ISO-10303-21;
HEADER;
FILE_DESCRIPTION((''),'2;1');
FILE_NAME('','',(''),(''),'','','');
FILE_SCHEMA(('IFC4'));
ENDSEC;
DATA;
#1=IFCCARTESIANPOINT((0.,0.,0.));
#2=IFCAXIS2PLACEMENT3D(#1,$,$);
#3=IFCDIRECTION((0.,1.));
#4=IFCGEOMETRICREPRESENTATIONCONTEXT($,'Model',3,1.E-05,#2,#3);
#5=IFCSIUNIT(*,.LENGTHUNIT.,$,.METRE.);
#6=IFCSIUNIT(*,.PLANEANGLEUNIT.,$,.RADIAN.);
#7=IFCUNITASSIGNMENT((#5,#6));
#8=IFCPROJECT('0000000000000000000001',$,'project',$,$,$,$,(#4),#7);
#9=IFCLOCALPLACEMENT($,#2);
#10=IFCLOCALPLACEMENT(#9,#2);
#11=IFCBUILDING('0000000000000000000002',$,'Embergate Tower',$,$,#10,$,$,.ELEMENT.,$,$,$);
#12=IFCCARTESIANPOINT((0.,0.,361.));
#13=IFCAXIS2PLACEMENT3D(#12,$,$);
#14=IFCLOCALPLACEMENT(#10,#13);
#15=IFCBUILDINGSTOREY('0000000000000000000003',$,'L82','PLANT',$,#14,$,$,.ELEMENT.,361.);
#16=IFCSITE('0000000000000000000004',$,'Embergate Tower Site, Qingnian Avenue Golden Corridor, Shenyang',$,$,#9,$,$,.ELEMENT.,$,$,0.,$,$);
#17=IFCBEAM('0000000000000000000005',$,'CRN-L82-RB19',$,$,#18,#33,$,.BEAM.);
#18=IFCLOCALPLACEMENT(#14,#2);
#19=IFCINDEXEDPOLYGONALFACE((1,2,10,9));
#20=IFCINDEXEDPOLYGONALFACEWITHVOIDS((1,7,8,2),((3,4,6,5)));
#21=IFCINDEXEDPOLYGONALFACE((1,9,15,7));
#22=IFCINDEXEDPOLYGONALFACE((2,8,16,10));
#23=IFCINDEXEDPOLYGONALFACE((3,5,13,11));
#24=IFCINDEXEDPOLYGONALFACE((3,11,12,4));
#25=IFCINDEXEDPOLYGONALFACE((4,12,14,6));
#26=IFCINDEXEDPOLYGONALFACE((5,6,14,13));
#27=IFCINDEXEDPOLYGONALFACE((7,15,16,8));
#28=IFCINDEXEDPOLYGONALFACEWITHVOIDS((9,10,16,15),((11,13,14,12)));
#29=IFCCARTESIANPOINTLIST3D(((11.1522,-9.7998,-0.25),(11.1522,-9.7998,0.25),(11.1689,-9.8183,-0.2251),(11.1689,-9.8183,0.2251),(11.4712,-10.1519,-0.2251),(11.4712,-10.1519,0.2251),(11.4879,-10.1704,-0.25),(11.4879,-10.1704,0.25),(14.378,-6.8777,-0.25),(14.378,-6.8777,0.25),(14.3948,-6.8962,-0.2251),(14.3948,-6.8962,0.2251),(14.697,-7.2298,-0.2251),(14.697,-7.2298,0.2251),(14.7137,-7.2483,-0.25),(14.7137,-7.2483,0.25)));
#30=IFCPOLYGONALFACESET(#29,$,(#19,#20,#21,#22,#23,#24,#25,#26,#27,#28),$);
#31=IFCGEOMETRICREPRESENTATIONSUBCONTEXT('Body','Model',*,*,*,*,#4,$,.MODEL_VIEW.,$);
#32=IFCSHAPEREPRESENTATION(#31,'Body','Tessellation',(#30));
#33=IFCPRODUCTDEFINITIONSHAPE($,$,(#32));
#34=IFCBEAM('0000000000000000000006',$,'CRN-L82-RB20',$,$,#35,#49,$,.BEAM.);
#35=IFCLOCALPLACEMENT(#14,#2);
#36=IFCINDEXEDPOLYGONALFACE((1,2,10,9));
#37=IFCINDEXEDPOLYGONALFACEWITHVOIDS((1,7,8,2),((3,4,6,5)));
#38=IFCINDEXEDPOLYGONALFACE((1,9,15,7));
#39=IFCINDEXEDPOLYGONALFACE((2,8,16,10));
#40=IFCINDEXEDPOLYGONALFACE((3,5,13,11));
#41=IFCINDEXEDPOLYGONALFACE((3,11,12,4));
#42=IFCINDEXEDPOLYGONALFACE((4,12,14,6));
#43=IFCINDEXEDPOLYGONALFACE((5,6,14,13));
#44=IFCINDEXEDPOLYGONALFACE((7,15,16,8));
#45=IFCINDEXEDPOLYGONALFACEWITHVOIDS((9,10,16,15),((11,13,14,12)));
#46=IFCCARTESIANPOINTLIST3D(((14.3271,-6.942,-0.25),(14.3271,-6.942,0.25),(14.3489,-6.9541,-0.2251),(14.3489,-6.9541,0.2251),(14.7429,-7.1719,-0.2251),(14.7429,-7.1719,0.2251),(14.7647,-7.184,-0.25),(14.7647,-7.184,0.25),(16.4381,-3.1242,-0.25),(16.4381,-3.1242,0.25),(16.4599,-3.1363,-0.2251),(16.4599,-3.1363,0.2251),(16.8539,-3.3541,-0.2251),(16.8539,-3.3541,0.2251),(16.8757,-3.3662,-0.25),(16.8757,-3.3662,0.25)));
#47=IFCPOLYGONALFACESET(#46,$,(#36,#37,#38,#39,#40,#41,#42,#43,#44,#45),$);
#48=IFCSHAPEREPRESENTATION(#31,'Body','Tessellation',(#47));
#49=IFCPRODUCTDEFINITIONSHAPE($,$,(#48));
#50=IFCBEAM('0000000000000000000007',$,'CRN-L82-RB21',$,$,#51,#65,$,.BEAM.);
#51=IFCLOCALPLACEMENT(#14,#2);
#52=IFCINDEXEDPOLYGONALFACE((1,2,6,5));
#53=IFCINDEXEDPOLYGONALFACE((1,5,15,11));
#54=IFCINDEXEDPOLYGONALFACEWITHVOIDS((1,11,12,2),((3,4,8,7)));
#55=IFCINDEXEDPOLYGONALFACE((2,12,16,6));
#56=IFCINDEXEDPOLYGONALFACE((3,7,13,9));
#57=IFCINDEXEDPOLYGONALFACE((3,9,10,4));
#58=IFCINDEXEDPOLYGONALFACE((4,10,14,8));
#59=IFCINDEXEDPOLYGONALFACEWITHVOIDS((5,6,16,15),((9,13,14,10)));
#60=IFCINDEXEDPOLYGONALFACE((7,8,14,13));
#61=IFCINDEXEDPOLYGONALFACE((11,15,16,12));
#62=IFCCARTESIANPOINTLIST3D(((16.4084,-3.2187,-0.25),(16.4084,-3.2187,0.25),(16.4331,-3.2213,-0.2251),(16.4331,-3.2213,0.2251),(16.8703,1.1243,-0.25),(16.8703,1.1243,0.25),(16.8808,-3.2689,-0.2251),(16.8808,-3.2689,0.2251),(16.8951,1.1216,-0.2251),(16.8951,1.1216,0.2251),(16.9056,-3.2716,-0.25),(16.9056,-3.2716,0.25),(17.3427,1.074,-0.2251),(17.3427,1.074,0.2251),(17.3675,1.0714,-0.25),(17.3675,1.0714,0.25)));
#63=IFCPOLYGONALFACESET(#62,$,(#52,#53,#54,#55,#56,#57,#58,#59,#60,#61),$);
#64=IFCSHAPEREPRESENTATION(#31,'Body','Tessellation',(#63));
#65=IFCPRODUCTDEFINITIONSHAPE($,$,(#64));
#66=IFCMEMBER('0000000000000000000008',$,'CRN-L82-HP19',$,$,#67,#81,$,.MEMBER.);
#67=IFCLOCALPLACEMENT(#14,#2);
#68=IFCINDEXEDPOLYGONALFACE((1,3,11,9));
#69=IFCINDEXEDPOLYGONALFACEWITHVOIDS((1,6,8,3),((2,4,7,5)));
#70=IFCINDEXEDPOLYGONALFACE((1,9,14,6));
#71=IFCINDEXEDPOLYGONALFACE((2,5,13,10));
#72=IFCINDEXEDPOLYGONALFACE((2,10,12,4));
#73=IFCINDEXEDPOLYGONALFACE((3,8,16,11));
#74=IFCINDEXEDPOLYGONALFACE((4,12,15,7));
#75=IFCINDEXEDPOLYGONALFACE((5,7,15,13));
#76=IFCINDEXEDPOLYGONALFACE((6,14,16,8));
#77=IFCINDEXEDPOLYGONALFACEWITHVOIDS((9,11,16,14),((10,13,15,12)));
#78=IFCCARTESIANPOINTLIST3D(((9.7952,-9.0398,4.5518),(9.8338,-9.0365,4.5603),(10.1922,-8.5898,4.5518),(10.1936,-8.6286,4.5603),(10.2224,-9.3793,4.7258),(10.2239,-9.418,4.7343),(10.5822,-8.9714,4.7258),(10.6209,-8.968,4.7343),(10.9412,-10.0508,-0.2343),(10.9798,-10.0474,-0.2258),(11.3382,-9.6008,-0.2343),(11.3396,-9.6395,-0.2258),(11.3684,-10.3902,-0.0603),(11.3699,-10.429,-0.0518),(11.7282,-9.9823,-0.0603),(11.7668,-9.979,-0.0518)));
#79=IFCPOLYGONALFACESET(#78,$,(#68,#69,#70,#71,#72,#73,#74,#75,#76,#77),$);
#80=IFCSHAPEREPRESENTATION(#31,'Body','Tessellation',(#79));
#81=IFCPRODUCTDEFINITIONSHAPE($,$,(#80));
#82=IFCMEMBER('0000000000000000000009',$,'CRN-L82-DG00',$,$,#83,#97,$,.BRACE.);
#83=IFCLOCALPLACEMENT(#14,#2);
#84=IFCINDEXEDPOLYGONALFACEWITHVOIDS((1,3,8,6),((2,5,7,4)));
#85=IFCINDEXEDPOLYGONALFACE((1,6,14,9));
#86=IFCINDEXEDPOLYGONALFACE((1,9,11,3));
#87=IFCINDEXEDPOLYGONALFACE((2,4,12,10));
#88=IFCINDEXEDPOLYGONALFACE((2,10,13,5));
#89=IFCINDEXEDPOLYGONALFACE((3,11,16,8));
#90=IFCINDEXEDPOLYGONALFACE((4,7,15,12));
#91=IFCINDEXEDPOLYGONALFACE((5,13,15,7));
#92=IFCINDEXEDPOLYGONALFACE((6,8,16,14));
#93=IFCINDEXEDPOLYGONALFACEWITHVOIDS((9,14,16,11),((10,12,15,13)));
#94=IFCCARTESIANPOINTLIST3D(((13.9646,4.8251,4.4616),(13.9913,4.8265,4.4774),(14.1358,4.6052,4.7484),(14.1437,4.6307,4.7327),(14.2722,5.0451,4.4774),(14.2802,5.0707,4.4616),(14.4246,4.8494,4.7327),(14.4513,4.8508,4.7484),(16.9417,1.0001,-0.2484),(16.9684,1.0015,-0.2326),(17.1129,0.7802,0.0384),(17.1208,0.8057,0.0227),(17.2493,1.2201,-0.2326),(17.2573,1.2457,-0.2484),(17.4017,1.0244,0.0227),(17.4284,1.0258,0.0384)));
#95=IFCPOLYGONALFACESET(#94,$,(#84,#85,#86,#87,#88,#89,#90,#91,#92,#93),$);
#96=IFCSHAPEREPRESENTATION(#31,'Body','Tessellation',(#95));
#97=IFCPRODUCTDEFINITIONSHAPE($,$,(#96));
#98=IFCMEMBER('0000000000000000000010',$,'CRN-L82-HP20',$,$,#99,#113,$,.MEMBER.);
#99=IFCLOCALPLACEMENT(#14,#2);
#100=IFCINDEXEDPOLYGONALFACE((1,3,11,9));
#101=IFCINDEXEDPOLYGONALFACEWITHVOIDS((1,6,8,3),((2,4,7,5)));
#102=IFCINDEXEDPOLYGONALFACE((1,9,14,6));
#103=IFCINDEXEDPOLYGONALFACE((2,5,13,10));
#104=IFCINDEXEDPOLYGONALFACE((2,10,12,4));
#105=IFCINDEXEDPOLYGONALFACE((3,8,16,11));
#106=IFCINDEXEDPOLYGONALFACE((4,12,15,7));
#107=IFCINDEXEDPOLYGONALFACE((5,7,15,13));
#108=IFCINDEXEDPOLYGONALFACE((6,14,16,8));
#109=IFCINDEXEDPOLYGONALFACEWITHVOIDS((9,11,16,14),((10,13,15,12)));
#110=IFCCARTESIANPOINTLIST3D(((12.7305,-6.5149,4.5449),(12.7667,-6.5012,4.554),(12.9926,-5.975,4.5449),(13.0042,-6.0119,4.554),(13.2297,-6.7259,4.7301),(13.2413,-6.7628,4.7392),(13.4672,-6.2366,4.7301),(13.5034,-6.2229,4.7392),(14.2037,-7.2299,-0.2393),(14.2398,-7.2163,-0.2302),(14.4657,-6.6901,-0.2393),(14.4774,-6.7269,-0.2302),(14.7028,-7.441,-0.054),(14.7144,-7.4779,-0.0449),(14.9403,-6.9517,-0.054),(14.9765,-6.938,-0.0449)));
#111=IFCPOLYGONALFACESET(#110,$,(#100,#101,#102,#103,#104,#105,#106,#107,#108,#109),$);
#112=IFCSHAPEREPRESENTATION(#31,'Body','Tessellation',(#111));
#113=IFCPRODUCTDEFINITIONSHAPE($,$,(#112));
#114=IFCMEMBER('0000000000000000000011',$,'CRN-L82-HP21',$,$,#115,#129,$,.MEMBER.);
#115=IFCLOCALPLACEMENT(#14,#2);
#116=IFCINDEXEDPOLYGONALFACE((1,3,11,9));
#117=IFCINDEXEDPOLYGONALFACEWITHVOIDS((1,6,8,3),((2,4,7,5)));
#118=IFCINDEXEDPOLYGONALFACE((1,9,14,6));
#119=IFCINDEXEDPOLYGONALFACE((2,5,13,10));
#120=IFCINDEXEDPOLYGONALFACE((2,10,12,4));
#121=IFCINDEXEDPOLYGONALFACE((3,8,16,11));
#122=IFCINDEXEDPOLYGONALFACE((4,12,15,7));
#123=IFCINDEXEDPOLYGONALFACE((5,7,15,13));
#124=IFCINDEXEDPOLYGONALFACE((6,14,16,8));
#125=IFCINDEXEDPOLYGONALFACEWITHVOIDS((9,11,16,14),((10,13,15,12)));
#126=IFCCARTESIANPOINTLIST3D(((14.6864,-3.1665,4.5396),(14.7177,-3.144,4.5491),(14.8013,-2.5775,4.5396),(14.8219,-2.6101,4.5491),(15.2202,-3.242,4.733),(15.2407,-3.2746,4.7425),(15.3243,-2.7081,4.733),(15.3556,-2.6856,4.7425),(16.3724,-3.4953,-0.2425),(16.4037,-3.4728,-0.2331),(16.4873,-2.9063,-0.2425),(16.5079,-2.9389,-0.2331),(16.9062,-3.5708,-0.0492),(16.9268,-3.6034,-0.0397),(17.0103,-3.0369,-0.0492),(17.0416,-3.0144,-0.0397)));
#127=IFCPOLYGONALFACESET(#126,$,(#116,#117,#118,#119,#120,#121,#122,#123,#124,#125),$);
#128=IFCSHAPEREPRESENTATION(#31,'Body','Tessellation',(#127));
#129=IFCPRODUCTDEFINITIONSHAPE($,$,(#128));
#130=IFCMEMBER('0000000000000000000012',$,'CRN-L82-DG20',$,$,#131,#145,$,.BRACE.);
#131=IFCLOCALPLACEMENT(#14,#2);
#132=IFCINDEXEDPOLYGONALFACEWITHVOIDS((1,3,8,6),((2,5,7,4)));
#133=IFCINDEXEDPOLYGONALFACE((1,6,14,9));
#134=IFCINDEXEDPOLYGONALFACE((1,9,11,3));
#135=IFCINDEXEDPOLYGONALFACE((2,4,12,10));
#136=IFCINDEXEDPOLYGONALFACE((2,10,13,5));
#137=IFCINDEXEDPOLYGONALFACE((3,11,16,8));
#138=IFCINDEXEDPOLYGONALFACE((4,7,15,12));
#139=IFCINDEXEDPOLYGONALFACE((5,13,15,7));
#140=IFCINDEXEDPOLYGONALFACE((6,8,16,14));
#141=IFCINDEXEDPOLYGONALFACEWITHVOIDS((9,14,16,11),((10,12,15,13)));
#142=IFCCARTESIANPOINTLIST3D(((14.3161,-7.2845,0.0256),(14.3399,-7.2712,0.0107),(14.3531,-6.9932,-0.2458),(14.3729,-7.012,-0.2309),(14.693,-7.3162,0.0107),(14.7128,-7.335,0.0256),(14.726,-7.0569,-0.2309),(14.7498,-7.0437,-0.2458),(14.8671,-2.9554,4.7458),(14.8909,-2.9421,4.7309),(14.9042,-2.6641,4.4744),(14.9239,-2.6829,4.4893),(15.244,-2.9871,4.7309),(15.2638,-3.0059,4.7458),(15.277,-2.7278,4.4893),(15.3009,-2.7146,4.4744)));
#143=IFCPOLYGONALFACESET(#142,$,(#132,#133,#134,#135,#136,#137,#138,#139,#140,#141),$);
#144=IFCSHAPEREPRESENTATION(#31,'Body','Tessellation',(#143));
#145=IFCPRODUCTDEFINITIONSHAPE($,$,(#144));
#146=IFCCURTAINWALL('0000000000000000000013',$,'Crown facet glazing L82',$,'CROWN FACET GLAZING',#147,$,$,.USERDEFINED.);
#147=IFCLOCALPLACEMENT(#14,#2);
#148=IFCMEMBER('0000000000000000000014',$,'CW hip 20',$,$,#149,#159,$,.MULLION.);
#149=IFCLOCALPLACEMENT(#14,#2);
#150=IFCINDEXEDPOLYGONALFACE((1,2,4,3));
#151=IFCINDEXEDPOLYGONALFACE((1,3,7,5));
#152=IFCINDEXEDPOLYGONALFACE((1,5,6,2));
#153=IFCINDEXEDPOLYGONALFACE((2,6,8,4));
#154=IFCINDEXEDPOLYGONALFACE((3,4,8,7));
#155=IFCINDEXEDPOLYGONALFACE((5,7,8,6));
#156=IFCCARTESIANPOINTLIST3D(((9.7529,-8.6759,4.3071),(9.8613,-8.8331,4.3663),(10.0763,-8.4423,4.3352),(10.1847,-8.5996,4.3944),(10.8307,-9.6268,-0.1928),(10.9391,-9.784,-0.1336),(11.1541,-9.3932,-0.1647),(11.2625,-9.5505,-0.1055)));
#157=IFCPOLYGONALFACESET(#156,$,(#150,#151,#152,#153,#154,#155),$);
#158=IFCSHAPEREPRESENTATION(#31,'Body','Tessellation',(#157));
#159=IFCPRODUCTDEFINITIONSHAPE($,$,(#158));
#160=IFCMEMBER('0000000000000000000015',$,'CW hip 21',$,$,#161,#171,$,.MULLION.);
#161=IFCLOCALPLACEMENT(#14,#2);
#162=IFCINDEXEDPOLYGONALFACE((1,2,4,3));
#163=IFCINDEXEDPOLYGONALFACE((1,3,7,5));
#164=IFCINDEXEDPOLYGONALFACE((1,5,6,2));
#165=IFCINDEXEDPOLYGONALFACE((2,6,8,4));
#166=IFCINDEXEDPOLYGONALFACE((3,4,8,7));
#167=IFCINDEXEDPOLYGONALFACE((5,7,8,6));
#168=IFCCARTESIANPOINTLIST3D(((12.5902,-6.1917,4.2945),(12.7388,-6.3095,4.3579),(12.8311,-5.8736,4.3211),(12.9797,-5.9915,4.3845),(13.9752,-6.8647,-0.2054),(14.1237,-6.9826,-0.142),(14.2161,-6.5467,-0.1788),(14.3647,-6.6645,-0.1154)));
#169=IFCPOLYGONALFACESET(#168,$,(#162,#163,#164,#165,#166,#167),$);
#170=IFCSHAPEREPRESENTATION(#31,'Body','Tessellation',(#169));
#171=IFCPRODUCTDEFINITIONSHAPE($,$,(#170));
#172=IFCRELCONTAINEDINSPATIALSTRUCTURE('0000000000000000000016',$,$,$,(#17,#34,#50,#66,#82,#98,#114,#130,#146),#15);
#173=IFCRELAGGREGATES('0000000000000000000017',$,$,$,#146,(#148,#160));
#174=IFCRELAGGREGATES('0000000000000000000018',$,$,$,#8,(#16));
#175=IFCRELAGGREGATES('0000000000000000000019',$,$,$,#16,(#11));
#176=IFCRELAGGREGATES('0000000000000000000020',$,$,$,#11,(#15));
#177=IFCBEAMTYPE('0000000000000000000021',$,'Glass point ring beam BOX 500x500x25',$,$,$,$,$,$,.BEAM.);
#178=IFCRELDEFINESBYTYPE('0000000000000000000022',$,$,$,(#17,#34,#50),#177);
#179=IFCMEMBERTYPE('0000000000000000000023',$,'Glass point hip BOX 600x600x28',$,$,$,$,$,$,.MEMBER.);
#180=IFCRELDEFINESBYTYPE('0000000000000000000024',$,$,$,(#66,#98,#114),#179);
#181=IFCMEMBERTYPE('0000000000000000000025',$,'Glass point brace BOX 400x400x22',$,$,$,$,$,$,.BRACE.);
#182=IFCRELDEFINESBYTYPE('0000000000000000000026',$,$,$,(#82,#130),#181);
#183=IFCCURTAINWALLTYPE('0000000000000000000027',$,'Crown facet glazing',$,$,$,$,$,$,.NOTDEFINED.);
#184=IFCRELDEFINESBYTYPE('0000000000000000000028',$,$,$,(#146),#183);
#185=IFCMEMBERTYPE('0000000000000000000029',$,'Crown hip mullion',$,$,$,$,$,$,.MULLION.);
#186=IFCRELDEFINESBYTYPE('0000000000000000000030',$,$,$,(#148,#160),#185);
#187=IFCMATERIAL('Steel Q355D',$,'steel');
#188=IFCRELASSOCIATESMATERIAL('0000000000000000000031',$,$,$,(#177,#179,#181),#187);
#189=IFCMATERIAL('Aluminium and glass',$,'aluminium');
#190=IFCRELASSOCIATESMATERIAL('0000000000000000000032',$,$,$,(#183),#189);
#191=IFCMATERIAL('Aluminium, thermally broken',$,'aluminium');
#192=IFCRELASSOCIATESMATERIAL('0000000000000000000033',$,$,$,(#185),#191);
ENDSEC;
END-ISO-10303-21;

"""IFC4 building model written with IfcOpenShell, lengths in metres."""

from ifc_helpers import new_model, si_unit, direction, frame, origin, origin_2d, place, context, subcontext, project, spatial, rectangle, hollow_rectangle, extrude, source, transform, mapped, material, material_profile, profile_set, type_object, element, aggregate, save


model = new_model("IFC4")

# Units and contexts
model_context = context("Model", 3, precision=1e-05, world=origin(), true_north=direction((0.0, 1.0)))
body_context = subcontext(model_context, "Body", "Model", "MODEL_VIEW")
ifc_project = project(units=[si_unit("LENGTHUNIT", "METRE"), si_unit("PLANEANGLEUNIT", "RADIAN")], contexts=[model_context])

# Site, building, storey
site_placement = place(None, origin())
site = spatial("IfcSite", under=ifc_project, at=site_placement, Name="Embergate Tower Site, Qingnian Avenue Golden Corridor, Shenyang", CompositionType="ELEMENT", RefElevation=0.0)
building_placement = place(site_placement, origin())
building = spatial("IfcBuilding", under=site, at=building_placement, Name="Embergate Tower", CompositionType="ELEMENT")
storey_placement = place(building_placement, frame((0.0, 0.0, 361.0)))
storey = spatial("IfcBuildingStorey", under=building, at=storey_placement, Name="L82", Description="PLANT", CompositionType="ELEMENT", Elevation=361.0)

# Beams
ifc_material_1 = material(Name="Steel Q355D", Category="steel")
ifc_material_profile_1 = material_profile(ifc_material_1, hollow_rectangle(XDim=0.5, YDim=0.5, WallThickness=0.0249, at=origin_2d()), Name="BOX 500x500x25")
ifc_profile_set_1 = profile_set([ifc_material_profile_1], Name="Steel Q355 grade D")
beam_type = type_object("IfcBeamType", Name="Glass point ring beam BOX 500x500x25", PredefinedType="BEAM", material=ifc_profile_set_1)
shared_shape_1 = source(origin(), body_context, "Body", "SweptSolid", [
    extrude(hollow_rectangle(XDim=0.5, YDim=0.5, WallThickness=0.0249, at=origin_2d()), origin(), (0.0, 0.0, 1.0), 4.3525),
])
beam_1_placement = place(storey_placement, frame((11.3201, -9.9851, 0.0), z_axis=(0.741134, 0.671357, 0.0), x_axis=(-0.671357, 0.741134, 0.0)))
element("IfcBeam", 1, at=beam_1_placement, inside=storey, type_object=beam_type, Name="CRN-L82-RB19", PredefinedType="BEAM", context=body_context, shape_type="MappedRepresentation", body=[
    mapped(shared_shape_1, transform((0.0, 0.0, 0.0))),
])
shared_shape_2 = source(origin(), body_context, "Body", "SweptSolid", [
    extrude(hollow_rectangle(XDim=0.5, YDim=0.5, WallThickness=0.0249, at=origin_2d()), origin(), (0.0, 0.0, 1.0), 4.3625),
])
beam_2_placement = place(storey_placement, frame((14.5459, -7.063, 0.0), z_axis=(0.483898, 0.875124, 0.0), x_axis=(-0.875124, 0.483898, 0.0)))
element("IfcBeam", 2, at=beam_2_placement, inside=storey, type_object=beam_type, Name="CRN-L82-RB20", PredefinedType="BEAM", context=body_context, shape_type="MappedRepresentation", body=[
    mapped(shared_shape_2, transform((0.0, 0.0, 0.0))),
])
shared_shape_3 = source(origin(), body_context, "Body", "SweptSolid", [
    extrude(hollow_rectangle(XDim=0.5, YDim=0.5, WallThickness=0.0249, at=origin_2d()), origin(), (0.0, 0.0, 1.0), 4.3674),
])
beam_3_placement = place(storey_placement, frame((16.657, -3.2451, 0.0), z_axis=(0.105761, 0.994392, 0.0), x_axis=(-0.994392, 0.105761, 0.0)))
element("IfcBeam", 3, at=beam_3_placement, inside=storey, type_object=beam_type, Name="CRN-L82-RB21", PredefinedType="BEAM", context=body_context, shape_type="MappedRepresentation", body=[
    mapped(shared_shape_3, transform((0.0, 0.0, 0.0))),
])

# Members
ifc_material_profile_2 = material_profile(ifc_material_1, hollow_rectangle(XDim=0.6001, YDim=0.6001, WallThickness=0.0281, at=origin_2d()), Name="BOX 600x600x28")
ifc_profile_set_2 = profile_set([ifc_material_profile_2], Name="Steel Q355 grade D")
member_type_1 = type_object("IfcMemberType", Name="Glass point hip BOX 600x600x28", PredefinedType="MEMBER", material=ifc_profile_set_2)
shared_shape_4 = source(origin(), body_context, "Body", "SweptSolid", [
    extrude(hollow_rectangle(XDim=0.6001, YDim=0.6001, WallThickness=0.0281, at=origin_2d()), origin(), (0.0, 0.0, 1.0), 5.0242),
])
member_1_placement = place(storey_placement, frame((11.354, -10.0149, -0.1431), z_axis=(-0.228096, 0.201224, 0.952618), x_axis=(-0.661553, -0.749898, 0.0)))
element("IfcMember", 4, at=member_1_placement, inside=storey, type_object=member_type_1, Name="CRN-L82-HP19", PredefinedType="MEMBER", context=body_context, shape_type="MappedRepresentation", body=[
    mapped(shared_shape_4, transform((0.0, 0.0, 0.0))),
])
ifc_material_profile_3 = material_profile(ifc_material_1, hollow_rectangle(XDim=0.3999, YDim=0.3999, WallThickness=0.022, at=origin_2d()), Name="BOX 400x400x22")
ifc_profile_set_3 = profile_set([ifc_material_profile_3], Name="Steel Q355 grade D")
member_type_2 = type_object("IfcMemberType", Name="Glass point brace BOX 400x400x22", PredefinedType="BRACE", material=ifc_profile_set_3)
shared_shape_5 = source(origin(), body_context, "Body", "SweptSolid", [
    extrude(hollow_rectangle(XDim=0.3999, YDim=0.3999, WallThickness=0.022, at=origin_2d()), origin(), (0.0, 0.0, 1.0), 6.7585),
])
member_2_placement = place(storey_placement, frame((17.1851, 1.0129, -0.105), z_axis=(-0.440492, 0.56595, 0.696898), x_axis=(-0.789143, -0.614209, 0.0)))
element("IfcMember", 5, at=member_2_placement, inside=storey, type_object=member_type_2, Name="CRN-L82-DG00", PredefinedType="BRACE", context=body_context, shape_type="MappedRepresentation", body=[
    mapped(shared_shape_5, transform((0.0, 0.0, 0.0))),
])
shared_shape_6 = source(origin(), body_context, "Body", "SweptSolid", [
    extrude(hollow_rectangle(XDim=0.6001, YDim=0.6001, WallThickness=0.0281, at=origin_2d()), origin(), (0.0, 0.0, 1.0), 5.0566),
])
member_3_placement = place(storey_placement, frame((14.5901, -7.084, -0.1421), z_axis=(-0.291327, 0.141415, 0.946113), x_axis=(-0.436687, -0.899614, 0.0)))
element("IfcMember", 6, at=member_3_placement, inside=storey, type_object=member_type_1, Name="CRN-L82-HP20", PredefinedType="MEMBER", context=body_context, shape_type="MappedRepresentation", body=[
    mapped(shared_shape_6, transform((0.0, 0.0, 0.0))),
])
shared_shape_7 = source(origin(), body_context, "Body", "SweptSolid", [
    extrude(hollow_rectangle(XDim=0.6001, YDim=0.6001, WallThickness=0.0281, at=origin_2d()), origin(), (0.0, 0.0, 1.0), 5.0813),
])
member_4_placement = place(storey_placement, frame((16.707, -3.2549, -0.1411), z_axis=(-0.331806, 0.064718, 0.941125), x_axis=(-0.19144, -0.981504, 0.0)))
element("IfcMember", 7, at=member_4_placement, inside=storey, type_object=member_type_1, Name="CRN-L82-HP21", PredefinedType="MEMBER", context=body_context, shape_type="MappedRepresentation", body=[
    mapped(shared_shape_7, transform((0.0, 0.0, 0.0))),
])
shared_shape_8 = source(origin(), body_context, "Body", "SweptSolid", [
    extrude(hollow_rectangle(XDim=0.3999, YDim=0.3999, WallThickness=0.022, at=origin_2d()), origin(), (0.0, 0.0, 1.0), 6.4285),
])
member_5_placement = place(storey_placement, frame((14.533, -7.1641, -0.1101), z_axis=(0.085716, 0.673427, 0.734268), x_axis=(-0.991997, 0.126265, 0.0)))
element("IfcMember", 8, at=member_5_placement, inside=storey, type_object=member_type_2, Name="CRN-L82-DG20", PredefinedType="BRACE", context=body_context, shape_type="MappedRepresentation", body=[
    mapped(shared_shape_8, transform((0.0, 0.0, 0.0))),
])

# Curtain wall, members
ifc_material_2 = material(Name="Aluminium and glass", Category="aluminium")
curtain_wall_type = type_object("IfcCurtainWallType", Name="Crown facet glazing", PredefinedType="NOTDEFINED", material=ifc_material_2)
curtain_wall_placement = place(storey_placement, origin())
curtain_wall = element("IfcCurtainWall", 9, at=curtain_wall_placement, inside=storey, type_object=curtain_wall_type, Name="Crown facet glazing L82", ObjectType="CROWN FACET GLAZING", PredefinedType="USERDEFINED")
ifc_material_3 = material(Name="Aluminium, thermally broken", Category="aluminium")
ifc_material_profile_4 = material_profile(ifc_material_3, rectangle(XDim=0.2, YDim=0.3999, at=origin_2d()), Name="AL 400x200")
ifc_profile_set_4 = profile_set([ifc_material_profile_4], Name="Aluminium, thermally broken")
member_type_3 = type_object("IfcMemberType", Name="Crown hip mullion", PredefinedType="MULLION", material=ifc_profile_set_4)
shared_shape_9 = source(origin(), body_context, "Body", "SweptSolid", [
    extrude(rectangle(XDim=0.2, YDim=0.3999, at=origin_2d()), origin(), (0.0, 0.0, 1.0), 4.7239),
])
member_6_placement = place(storey_placement, frame((11.0466, -9.5886, -0.1492), z_axis=(-0.228172, 0.201298, 0.952584), x_axis=(0.542165, -0.786394, 0.296043)))
member_6 = element("IfcMember", 10, at=member_6_placement, type_object=member_type_3, Name="CW hip 20", PredefinedType="MULLION", context=body_context, shape_type="MappedRepresentation", body=[
    mapped(shared_shape_9, transform((0.0, 0.0, 0.0))),
])
shared_shape_10 = source(origin(), body_context, "Body", "SweptSolid", [
    extrude(rectangle(XDim=0.2, YDim=0.3999, at=origin_2d()), origin(), (0.0, 0.0, 1.0), 4.7561),
])
member_7_placement = place(storey_placement, frame((14.1699, -6.7646, -0.1604), z_axis=(-0.291202, 0.14152, 0.946136), x_axis=(0.743081, -0.589426, 0.31687)))
member_7 = element("IfcMember", 11, at=member_7_placement, type_object=member_type_3, Name="CW hip 21", PredefinedType="MULLION", context=body_context, shape_type="MappedRepresentation", body=[
    mapped(shared_shape_10, transform((0.0, 0.0, 0.0))),
])
aggregate(curtain_wall, [member_6, member_7])

save(model, "model.ifc")
